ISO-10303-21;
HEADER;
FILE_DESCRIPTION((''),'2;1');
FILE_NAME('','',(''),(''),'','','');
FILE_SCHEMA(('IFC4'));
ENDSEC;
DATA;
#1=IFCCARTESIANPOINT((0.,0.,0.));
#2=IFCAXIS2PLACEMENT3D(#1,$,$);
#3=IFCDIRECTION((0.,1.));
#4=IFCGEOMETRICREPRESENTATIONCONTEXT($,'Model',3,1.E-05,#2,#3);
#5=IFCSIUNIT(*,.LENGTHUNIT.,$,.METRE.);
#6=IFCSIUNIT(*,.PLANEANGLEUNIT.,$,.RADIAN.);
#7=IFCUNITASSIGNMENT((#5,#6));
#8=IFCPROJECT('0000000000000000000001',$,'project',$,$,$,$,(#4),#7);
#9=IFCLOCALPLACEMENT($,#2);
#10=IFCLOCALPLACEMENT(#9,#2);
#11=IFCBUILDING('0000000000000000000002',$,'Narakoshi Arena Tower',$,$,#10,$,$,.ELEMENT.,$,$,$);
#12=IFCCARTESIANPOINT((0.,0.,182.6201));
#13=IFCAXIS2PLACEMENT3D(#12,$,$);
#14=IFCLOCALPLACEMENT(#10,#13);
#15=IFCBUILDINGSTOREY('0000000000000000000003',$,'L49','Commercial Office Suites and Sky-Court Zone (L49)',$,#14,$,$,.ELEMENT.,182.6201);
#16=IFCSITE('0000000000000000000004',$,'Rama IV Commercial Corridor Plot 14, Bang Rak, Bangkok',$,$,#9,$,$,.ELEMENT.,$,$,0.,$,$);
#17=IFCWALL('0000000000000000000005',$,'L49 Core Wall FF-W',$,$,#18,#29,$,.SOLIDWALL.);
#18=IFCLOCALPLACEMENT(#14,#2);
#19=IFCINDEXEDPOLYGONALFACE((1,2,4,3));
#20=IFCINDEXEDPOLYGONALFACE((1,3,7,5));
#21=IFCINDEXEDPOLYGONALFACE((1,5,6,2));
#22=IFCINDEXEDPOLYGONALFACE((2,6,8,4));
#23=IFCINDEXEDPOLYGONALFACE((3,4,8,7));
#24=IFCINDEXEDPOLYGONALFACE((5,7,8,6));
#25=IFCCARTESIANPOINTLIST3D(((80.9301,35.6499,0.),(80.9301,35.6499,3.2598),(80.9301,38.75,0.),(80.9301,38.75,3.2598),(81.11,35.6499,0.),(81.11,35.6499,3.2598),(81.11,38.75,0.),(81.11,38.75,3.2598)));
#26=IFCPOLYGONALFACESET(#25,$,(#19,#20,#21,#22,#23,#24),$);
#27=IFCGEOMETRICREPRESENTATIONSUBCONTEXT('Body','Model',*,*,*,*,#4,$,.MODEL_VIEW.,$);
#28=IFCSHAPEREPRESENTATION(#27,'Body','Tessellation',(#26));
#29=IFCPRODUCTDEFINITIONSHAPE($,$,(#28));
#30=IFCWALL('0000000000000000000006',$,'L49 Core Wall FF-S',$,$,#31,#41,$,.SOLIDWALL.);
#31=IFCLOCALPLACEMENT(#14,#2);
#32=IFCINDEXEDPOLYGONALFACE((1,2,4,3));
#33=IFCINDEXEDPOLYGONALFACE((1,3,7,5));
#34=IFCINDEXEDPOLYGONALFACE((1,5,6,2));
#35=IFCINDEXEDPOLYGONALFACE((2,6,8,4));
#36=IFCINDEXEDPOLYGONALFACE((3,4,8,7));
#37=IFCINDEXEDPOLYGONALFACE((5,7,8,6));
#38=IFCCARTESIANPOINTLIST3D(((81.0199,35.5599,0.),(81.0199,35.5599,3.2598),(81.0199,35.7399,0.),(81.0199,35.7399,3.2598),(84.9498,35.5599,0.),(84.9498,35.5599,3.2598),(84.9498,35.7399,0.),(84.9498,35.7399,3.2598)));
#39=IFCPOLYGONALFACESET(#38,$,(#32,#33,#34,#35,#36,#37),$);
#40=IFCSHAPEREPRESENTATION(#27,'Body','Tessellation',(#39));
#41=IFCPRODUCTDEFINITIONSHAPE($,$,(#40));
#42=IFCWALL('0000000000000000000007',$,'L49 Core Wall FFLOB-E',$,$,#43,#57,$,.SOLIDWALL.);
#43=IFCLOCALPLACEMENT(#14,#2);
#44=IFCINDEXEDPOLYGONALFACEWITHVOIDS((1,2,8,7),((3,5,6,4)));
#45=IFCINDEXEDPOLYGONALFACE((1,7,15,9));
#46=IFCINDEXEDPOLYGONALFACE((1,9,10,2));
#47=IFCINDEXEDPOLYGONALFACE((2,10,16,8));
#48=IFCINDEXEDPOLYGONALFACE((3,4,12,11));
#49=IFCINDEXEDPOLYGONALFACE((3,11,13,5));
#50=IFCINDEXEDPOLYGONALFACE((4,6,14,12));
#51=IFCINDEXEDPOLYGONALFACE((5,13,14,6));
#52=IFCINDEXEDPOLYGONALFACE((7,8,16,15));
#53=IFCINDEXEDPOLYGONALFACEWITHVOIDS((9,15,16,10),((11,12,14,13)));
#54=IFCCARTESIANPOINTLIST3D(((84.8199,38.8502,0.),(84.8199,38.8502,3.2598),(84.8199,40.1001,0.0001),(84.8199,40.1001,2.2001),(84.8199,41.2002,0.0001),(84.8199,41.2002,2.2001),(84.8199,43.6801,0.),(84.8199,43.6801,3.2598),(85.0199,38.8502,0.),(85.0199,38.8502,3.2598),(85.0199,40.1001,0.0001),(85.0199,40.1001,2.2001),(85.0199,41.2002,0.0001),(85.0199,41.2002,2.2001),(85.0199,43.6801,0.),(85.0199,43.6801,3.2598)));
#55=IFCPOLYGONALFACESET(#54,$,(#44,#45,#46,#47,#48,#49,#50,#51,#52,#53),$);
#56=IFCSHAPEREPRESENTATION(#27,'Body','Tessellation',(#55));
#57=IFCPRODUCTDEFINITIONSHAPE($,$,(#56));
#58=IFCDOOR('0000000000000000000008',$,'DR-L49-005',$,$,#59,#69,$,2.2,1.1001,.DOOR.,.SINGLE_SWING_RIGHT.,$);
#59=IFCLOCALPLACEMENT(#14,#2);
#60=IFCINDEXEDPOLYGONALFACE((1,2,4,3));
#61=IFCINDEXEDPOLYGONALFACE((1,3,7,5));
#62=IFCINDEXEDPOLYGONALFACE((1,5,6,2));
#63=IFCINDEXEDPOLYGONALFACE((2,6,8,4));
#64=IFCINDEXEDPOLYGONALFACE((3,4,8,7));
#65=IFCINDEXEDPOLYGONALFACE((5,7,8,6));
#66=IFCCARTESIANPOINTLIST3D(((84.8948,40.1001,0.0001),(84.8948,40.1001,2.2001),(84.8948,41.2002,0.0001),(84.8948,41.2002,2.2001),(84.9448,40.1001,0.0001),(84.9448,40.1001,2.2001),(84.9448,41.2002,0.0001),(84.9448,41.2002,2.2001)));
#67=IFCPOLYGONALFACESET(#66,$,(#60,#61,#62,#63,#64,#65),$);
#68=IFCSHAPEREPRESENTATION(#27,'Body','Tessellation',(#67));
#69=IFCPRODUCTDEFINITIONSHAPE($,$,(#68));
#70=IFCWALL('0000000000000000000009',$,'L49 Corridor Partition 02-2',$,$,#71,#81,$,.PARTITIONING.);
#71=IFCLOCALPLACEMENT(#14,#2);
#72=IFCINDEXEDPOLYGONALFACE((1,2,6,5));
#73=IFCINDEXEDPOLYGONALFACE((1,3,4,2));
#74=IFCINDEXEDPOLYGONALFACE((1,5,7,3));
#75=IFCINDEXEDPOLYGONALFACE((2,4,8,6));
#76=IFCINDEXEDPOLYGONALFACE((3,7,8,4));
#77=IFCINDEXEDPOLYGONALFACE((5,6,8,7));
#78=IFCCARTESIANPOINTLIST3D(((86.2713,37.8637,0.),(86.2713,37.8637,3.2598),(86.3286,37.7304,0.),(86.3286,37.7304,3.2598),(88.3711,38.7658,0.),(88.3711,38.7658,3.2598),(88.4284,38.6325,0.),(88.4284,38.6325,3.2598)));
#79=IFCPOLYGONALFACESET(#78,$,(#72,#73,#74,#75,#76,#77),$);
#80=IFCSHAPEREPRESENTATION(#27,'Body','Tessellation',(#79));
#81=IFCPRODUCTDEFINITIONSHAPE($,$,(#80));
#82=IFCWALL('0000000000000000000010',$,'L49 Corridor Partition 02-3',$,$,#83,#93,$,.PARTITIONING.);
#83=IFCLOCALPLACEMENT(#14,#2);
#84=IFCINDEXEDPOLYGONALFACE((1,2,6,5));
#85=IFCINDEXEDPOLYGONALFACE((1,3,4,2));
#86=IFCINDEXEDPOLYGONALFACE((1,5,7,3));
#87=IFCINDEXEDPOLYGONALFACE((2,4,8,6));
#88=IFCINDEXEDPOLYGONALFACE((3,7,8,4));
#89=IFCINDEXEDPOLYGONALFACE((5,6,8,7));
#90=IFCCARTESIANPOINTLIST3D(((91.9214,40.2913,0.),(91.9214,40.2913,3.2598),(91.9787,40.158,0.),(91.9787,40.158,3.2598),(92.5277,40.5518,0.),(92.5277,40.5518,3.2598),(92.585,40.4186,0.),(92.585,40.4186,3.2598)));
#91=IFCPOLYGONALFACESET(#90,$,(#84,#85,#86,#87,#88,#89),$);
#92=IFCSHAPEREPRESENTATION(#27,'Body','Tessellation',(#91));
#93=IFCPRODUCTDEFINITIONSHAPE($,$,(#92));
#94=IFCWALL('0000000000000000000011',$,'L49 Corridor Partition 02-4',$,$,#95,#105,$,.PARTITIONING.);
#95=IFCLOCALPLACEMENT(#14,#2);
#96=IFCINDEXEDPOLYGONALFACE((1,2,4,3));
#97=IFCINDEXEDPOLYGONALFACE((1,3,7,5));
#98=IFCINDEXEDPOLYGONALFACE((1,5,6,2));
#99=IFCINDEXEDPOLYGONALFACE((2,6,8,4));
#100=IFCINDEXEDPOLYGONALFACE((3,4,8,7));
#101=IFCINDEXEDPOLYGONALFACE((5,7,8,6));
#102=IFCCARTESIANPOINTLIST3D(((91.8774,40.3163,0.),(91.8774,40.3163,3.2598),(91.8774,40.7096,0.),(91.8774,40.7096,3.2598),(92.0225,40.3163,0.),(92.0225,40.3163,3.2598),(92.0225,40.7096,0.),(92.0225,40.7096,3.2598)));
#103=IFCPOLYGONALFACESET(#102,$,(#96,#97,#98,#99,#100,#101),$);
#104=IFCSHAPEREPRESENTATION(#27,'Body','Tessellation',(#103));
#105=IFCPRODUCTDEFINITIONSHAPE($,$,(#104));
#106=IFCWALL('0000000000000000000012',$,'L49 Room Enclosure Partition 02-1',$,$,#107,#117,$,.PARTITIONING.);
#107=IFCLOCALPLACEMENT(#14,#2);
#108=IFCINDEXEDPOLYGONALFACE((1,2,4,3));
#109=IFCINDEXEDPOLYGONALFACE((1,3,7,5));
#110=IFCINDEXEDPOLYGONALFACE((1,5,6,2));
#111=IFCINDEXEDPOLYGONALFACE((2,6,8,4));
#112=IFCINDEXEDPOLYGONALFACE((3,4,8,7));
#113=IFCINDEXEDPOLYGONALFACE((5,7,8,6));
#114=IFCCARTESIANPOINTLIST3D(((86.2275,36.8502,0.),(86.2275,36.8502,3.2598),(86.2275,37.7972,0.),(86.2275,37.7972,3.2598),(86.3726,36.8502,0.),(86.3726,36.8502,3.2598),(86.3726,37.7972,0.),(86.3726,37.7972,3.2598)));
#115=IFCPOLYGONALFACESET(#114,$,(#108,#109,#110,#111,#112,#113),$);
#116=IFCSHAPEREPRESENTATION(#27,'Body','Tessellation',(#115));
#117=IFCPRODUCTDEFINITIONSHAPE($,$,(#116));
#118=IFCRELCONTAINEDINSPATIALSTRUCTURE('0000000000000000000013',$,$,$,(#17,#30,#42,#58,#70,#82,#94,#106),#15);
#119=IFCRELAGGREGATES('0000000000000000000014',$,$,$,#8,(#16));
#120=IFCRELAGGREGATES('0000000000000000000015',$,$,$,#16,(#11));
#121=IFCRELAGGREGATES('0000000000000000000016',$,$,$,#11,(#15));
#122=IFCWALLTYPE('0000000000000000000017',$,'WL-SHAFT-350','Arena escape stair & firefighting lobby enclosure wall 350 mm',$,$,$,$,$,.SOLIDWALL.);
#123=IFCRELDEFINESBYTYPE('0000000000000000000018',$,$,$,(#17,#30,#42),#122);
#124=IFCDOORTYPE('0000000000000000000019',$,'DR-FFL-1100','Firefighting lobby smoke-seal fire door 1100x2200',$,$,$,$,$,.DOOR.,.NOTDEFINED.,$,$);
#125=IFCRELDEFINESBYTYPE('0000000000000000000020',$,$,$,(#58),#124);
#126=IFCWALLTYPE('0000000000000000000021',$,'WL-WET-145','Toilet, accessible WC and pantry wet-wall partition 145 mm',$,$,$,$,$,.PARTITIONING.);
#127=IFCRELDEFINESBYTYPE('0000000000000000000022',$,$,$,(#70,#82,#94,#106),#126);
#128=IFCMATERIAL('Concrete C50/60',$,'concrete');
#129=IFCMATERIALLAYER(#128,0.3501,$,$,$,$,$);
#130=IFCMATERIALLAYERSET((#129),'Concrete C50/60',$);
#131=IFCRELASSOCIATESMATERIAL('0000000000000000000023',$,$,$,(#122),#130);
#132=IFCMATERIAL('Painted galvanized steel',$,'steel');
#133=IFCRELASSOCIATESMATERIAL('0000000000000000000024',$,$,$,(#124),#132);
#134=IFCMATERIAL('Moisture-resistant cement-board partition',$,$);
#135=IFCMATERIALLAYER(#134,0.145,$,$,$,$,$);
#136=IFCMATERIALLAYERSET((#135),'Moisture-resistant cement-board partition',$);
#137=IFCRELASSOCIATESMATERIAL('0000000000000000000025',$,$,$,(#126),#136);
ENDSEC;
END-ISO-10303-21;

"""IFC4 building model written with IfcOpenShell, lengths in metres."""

from ifc_helpers import new_model, si_unit, direction, frame, frame_2d, origin, place, context, subcontext, project, spatial, rectangle, extrude, material, layer, layer_set, type_object, element, fill, save


model = new_model("IFC4")

# Units and contexts
model_context = context("Model", 3, precision=1e-05, world=origin(), true_north=direction((0.0, 1.0)))
body_context = subcontext(model_context, "Body", "Model", "MODEL_VIEW")
ifc_project = project(units=[si_unit("LENGTHUNIT", "METRE"), si_unit("PLANEANGLEUNIT", "RADIAN")], contexts=[model_context])

# Site, building, storey
site_placement = place(None, origin())
site = spatial("IfcSite", under=ifc_project, at=site_placement, Name="Rama IV Commercial Corridor Plot 14, Bang Rak, Bangkok", CompositionType="ELEMENT", RefElevation=0.0)
building_placement = place(site_placement, origin())
building = spatial("IfcBuilding", under=site, at=building_placement, Name="Narakoshi Arena Tower", CompositionType="ELEMENT")
storey_placement = place(building_placement, frame((0.0, 0.0, 182.6201)))
storey = spatial("IfcBuildingStorey", under=building, at=storey_placement, Name="L49", Description="Commercial Office Suites and Sky-Court Zone (L49)", CompositionType="ELEMENT", Elevation=182.6201)

# Shared definitions
ifc_material_1 = material(Name="Concrete C50/60", Category="concrete")

# Shared definitions
ifc_layer_1 = layer(ifc_material_1, 0.3501)
ifc_layer_set_1 = layer_set([ifc_layer_1], Name="Concrete C50/60")
wall_type_1 = type_object("IfcWallType", Name="WL-SHAFT-350", Description="Arena escape stair & firefighting lobby enclosure wall 350 mm", PredefinedType="SOLIDWALL", material=ifc_layer_set_1)

# Shared definitions
ifc_material_2 = material(Name="Painted galvanized steel", Category="steel")

# Walls
for number, where, z_axis, x_axis, name in (
    (1, (81.02, 35.6499, 0.0), (0.0, 0.0, 1.0), (0.0, 1.0, 0.0), "L49 Core Wall FF-W"),
):
    element("IfcWall", number, at=place(storey_placement, frame(where, z_axis=z_axis, x_axis=x_axis)), inside=storey, type_object=wall_type_1, Name=name, PredefinedType="SOLIDWALL", context=body_context, shape_type="SweptSolid", body=[
        extrude(rectangle(XDim=3.1001, YDim=0.1799, at=frame_2d((1.55, 0.0))), origin(), (0.0, 0.0, 1.0), 3.2598),
    ])
wall_1_placement = place(storey_placement, frame((81.02, 35.6499, 0.0), z_axis=(0.0, 0.0, 1.0), x_axis=(1.0, 0.0, 0.0)))
element("IfcWall", 2, at=wall_1_placement, inside=storey, type_object=wall_type_1, Name="L49 Core Wall FF-S", PredefinedType="SOLIDWALL", context=body_context, shape_type="SweptSolid", body=[
    extrude(rectangle(XDim=3.9299, YDim=0.1799, at=frame_2d((1.9648, 0.0))), origin(), (0.0, 0.0, 1.0), 3.2598),
])

# Wall, opening, door
wall_2_placement = place(storey_placement, frame((84.9199, 38.8501, 0.0), z_axis=(0.0, 0.0, 1.0), x_axis=(0.0, 1.0, 0.0)))
wall_2 = element("IfcWall", 3, at=wall_2_placement, inside=storey, type_object=wall_type_1, Name="L49 Core Wall FFLOB-E", PredefinedType="SOLIDWALL", context=body_context, shape_type="SweptSolid", body=[
    extrude(rectangle(XDim=4.8298, YDim=0.2, at=frame_2d((2.415, 0.0))), origin(), (0.0, 0.0, 1.0), 3.2598),
])
opening_1_placement = place(wall_2_placement, frame((1.25, 0.0, 0.0)))
opening_1 = element("IfcOpeningElement", 4, at=opening_1_placement, cuts=wall_2, PredefinedType="OPENING", context=body_context, shape_type="SweptSolid", body=[
    extrude(rectangle(XDim=1.1001, YDim=2.2, at=frame_2d((0.55, 1.1001))), frame((0.0, 0.1099, 0.0), z_axis=(0.0, -1.0, 0.0), x_axis=(1.0, 0.0, 0.0)), (0.0, 0.0, 1.0), 0.22),
])
door_type_1 = type_object("IfcDoorType", Name="DR-FFL-1100", Description="Firefighting lobby smoke-seal fire door 1100x2200", OperationType="NOTDEFINED", PredefinedType="DOOR", material=ifc_material_2)
door_1_placement = place(opening_1_placement, frame((1.1001, 0.0, 0.0), z_axis=(0.0, 0.0, 1.0), x_axis=(-1.0, 0.0, 0.0)))
door_1 = element("IfcDoor", 5, at=door_1_placement, inside=storey, type_object=door_type_1, Name="DR-L49-005", OperationType="SINGLE_SWING_RIGHT", OverallHeight=2.2, OverallWidth=1.1001, PredefinedType="DOOR", context=body_context, shape_type="SweptSolid", body=[
    extrude(rectangle(XDim=1.1001, YDim=2.2, at=frame_2d((0.55, 1.1001))), frame((0.0, 0.0249, 0.0), z_axis=(0.0, -1.0, 0.0), x_axis=(1.0, 0.0, 0.0)), (0.0, 0.0, 1.0), 0.05),
])
fill(opening_1, door_1)
ifc_material_3 = material(Name="Moisture-resistant cement-board partition")
ifc_layer_2 = layer(ifc_material_3, 0.145)
ifc_layer_set_2 = layer_set([ifc_layer_2], Name="Moisture-resistant cement-board partition")
wall_type_2 = type_object("IfcWallType", Name="WL-WET-145", Description="Toilet, accessible WC and pantry wet-wall partition 145 mm", PredefinedType="PARTITIONING", material=ifc_layer_set_2)

# Walls
wall_3_placement = place(storey_placement, frame((86.3, 37.7971, 0.0), z_axis=(0.0, 0.0, 1.0), x_axis=(0.918802, 0.394718, 0.0)))
element("IfcWall", 6, at=wall_3_placement, inside=storey, type_object=wall_type_2, Name="L49 Corridor Partition 02-2", PredefinedType="PARTITIONING", context=body_context, shape_type="SweptSolid", body=[
    extrude(rectangle(XDim=2.2854, YDim=0.145, at=frame_2d((1.1426, 0.0))), origin(), (0.0, 0.0, 1.0), 3.2598),
])
wall_4_placement = place(storey_placement, frame((91.95, 40.2246, 0.0), z_axis=(0.0, 0.0, 1.0), x_axis=(0.918762, 0.394812, 0.0)))
element("IfcWall", 7, at=wall_4_placement, inside=storey, type_object=wall_type_2, Name="L49 Corridor Partition 02-3", PredefinedType="PARTITIONING", context=body_context, shape_type="SweptSolid", body=[
    extrude(rectangle(XDim=0.6599, YDim=0.145, at=frame_2d((0.3301, 0.0))), origin(), (0.0, 0.0, 1.0), 3.2598),
])
wall_5_placement = place(storey_placement, frame((91.95, 40.7097, 0.0), z_axis=(0.0, 0.0, 1.0), x_axis=(0.0, -1.0, 0.0)))
element("IfcWall", 8, at=wall_5_placement, inside=storey, type_object=wall_type_2, Name="L49 Corridor Partition 02-4", PredefinedType="PARTITIONING", context=body_context, shape_type="SweptSolid", body=[
    extrude(rectangle(XDim=0.3933, YDim=0.145, at=frame_2d((0.1968, 0.0))), origin(), (0.0, 0.0, 1.0), 3.2598),
])
wall_6_placement = place(storey_placement, frame((86.3, 36.8501, 0.0), z_axis=(0.0, 0.0, 1.0), x_axis=(0.0, 1.0, 0.0)))
element("IfcWall", 9, at=wall_6_placement, inside=storey, type_object=wall_type_2, Name="L49 Room Enclosure Partition 02-1", PredefinedType="PARTITIONING", context=body_context, shape_type="SweptSolid", body=[
    extrude(rectangle(XDim=0.947, YDim=0.145, at=frame_2d((0.4736, 0.0))), origin(), (0.0, 0.0, 1.0), 3.2598),
])

save(model, "model.ifc")
